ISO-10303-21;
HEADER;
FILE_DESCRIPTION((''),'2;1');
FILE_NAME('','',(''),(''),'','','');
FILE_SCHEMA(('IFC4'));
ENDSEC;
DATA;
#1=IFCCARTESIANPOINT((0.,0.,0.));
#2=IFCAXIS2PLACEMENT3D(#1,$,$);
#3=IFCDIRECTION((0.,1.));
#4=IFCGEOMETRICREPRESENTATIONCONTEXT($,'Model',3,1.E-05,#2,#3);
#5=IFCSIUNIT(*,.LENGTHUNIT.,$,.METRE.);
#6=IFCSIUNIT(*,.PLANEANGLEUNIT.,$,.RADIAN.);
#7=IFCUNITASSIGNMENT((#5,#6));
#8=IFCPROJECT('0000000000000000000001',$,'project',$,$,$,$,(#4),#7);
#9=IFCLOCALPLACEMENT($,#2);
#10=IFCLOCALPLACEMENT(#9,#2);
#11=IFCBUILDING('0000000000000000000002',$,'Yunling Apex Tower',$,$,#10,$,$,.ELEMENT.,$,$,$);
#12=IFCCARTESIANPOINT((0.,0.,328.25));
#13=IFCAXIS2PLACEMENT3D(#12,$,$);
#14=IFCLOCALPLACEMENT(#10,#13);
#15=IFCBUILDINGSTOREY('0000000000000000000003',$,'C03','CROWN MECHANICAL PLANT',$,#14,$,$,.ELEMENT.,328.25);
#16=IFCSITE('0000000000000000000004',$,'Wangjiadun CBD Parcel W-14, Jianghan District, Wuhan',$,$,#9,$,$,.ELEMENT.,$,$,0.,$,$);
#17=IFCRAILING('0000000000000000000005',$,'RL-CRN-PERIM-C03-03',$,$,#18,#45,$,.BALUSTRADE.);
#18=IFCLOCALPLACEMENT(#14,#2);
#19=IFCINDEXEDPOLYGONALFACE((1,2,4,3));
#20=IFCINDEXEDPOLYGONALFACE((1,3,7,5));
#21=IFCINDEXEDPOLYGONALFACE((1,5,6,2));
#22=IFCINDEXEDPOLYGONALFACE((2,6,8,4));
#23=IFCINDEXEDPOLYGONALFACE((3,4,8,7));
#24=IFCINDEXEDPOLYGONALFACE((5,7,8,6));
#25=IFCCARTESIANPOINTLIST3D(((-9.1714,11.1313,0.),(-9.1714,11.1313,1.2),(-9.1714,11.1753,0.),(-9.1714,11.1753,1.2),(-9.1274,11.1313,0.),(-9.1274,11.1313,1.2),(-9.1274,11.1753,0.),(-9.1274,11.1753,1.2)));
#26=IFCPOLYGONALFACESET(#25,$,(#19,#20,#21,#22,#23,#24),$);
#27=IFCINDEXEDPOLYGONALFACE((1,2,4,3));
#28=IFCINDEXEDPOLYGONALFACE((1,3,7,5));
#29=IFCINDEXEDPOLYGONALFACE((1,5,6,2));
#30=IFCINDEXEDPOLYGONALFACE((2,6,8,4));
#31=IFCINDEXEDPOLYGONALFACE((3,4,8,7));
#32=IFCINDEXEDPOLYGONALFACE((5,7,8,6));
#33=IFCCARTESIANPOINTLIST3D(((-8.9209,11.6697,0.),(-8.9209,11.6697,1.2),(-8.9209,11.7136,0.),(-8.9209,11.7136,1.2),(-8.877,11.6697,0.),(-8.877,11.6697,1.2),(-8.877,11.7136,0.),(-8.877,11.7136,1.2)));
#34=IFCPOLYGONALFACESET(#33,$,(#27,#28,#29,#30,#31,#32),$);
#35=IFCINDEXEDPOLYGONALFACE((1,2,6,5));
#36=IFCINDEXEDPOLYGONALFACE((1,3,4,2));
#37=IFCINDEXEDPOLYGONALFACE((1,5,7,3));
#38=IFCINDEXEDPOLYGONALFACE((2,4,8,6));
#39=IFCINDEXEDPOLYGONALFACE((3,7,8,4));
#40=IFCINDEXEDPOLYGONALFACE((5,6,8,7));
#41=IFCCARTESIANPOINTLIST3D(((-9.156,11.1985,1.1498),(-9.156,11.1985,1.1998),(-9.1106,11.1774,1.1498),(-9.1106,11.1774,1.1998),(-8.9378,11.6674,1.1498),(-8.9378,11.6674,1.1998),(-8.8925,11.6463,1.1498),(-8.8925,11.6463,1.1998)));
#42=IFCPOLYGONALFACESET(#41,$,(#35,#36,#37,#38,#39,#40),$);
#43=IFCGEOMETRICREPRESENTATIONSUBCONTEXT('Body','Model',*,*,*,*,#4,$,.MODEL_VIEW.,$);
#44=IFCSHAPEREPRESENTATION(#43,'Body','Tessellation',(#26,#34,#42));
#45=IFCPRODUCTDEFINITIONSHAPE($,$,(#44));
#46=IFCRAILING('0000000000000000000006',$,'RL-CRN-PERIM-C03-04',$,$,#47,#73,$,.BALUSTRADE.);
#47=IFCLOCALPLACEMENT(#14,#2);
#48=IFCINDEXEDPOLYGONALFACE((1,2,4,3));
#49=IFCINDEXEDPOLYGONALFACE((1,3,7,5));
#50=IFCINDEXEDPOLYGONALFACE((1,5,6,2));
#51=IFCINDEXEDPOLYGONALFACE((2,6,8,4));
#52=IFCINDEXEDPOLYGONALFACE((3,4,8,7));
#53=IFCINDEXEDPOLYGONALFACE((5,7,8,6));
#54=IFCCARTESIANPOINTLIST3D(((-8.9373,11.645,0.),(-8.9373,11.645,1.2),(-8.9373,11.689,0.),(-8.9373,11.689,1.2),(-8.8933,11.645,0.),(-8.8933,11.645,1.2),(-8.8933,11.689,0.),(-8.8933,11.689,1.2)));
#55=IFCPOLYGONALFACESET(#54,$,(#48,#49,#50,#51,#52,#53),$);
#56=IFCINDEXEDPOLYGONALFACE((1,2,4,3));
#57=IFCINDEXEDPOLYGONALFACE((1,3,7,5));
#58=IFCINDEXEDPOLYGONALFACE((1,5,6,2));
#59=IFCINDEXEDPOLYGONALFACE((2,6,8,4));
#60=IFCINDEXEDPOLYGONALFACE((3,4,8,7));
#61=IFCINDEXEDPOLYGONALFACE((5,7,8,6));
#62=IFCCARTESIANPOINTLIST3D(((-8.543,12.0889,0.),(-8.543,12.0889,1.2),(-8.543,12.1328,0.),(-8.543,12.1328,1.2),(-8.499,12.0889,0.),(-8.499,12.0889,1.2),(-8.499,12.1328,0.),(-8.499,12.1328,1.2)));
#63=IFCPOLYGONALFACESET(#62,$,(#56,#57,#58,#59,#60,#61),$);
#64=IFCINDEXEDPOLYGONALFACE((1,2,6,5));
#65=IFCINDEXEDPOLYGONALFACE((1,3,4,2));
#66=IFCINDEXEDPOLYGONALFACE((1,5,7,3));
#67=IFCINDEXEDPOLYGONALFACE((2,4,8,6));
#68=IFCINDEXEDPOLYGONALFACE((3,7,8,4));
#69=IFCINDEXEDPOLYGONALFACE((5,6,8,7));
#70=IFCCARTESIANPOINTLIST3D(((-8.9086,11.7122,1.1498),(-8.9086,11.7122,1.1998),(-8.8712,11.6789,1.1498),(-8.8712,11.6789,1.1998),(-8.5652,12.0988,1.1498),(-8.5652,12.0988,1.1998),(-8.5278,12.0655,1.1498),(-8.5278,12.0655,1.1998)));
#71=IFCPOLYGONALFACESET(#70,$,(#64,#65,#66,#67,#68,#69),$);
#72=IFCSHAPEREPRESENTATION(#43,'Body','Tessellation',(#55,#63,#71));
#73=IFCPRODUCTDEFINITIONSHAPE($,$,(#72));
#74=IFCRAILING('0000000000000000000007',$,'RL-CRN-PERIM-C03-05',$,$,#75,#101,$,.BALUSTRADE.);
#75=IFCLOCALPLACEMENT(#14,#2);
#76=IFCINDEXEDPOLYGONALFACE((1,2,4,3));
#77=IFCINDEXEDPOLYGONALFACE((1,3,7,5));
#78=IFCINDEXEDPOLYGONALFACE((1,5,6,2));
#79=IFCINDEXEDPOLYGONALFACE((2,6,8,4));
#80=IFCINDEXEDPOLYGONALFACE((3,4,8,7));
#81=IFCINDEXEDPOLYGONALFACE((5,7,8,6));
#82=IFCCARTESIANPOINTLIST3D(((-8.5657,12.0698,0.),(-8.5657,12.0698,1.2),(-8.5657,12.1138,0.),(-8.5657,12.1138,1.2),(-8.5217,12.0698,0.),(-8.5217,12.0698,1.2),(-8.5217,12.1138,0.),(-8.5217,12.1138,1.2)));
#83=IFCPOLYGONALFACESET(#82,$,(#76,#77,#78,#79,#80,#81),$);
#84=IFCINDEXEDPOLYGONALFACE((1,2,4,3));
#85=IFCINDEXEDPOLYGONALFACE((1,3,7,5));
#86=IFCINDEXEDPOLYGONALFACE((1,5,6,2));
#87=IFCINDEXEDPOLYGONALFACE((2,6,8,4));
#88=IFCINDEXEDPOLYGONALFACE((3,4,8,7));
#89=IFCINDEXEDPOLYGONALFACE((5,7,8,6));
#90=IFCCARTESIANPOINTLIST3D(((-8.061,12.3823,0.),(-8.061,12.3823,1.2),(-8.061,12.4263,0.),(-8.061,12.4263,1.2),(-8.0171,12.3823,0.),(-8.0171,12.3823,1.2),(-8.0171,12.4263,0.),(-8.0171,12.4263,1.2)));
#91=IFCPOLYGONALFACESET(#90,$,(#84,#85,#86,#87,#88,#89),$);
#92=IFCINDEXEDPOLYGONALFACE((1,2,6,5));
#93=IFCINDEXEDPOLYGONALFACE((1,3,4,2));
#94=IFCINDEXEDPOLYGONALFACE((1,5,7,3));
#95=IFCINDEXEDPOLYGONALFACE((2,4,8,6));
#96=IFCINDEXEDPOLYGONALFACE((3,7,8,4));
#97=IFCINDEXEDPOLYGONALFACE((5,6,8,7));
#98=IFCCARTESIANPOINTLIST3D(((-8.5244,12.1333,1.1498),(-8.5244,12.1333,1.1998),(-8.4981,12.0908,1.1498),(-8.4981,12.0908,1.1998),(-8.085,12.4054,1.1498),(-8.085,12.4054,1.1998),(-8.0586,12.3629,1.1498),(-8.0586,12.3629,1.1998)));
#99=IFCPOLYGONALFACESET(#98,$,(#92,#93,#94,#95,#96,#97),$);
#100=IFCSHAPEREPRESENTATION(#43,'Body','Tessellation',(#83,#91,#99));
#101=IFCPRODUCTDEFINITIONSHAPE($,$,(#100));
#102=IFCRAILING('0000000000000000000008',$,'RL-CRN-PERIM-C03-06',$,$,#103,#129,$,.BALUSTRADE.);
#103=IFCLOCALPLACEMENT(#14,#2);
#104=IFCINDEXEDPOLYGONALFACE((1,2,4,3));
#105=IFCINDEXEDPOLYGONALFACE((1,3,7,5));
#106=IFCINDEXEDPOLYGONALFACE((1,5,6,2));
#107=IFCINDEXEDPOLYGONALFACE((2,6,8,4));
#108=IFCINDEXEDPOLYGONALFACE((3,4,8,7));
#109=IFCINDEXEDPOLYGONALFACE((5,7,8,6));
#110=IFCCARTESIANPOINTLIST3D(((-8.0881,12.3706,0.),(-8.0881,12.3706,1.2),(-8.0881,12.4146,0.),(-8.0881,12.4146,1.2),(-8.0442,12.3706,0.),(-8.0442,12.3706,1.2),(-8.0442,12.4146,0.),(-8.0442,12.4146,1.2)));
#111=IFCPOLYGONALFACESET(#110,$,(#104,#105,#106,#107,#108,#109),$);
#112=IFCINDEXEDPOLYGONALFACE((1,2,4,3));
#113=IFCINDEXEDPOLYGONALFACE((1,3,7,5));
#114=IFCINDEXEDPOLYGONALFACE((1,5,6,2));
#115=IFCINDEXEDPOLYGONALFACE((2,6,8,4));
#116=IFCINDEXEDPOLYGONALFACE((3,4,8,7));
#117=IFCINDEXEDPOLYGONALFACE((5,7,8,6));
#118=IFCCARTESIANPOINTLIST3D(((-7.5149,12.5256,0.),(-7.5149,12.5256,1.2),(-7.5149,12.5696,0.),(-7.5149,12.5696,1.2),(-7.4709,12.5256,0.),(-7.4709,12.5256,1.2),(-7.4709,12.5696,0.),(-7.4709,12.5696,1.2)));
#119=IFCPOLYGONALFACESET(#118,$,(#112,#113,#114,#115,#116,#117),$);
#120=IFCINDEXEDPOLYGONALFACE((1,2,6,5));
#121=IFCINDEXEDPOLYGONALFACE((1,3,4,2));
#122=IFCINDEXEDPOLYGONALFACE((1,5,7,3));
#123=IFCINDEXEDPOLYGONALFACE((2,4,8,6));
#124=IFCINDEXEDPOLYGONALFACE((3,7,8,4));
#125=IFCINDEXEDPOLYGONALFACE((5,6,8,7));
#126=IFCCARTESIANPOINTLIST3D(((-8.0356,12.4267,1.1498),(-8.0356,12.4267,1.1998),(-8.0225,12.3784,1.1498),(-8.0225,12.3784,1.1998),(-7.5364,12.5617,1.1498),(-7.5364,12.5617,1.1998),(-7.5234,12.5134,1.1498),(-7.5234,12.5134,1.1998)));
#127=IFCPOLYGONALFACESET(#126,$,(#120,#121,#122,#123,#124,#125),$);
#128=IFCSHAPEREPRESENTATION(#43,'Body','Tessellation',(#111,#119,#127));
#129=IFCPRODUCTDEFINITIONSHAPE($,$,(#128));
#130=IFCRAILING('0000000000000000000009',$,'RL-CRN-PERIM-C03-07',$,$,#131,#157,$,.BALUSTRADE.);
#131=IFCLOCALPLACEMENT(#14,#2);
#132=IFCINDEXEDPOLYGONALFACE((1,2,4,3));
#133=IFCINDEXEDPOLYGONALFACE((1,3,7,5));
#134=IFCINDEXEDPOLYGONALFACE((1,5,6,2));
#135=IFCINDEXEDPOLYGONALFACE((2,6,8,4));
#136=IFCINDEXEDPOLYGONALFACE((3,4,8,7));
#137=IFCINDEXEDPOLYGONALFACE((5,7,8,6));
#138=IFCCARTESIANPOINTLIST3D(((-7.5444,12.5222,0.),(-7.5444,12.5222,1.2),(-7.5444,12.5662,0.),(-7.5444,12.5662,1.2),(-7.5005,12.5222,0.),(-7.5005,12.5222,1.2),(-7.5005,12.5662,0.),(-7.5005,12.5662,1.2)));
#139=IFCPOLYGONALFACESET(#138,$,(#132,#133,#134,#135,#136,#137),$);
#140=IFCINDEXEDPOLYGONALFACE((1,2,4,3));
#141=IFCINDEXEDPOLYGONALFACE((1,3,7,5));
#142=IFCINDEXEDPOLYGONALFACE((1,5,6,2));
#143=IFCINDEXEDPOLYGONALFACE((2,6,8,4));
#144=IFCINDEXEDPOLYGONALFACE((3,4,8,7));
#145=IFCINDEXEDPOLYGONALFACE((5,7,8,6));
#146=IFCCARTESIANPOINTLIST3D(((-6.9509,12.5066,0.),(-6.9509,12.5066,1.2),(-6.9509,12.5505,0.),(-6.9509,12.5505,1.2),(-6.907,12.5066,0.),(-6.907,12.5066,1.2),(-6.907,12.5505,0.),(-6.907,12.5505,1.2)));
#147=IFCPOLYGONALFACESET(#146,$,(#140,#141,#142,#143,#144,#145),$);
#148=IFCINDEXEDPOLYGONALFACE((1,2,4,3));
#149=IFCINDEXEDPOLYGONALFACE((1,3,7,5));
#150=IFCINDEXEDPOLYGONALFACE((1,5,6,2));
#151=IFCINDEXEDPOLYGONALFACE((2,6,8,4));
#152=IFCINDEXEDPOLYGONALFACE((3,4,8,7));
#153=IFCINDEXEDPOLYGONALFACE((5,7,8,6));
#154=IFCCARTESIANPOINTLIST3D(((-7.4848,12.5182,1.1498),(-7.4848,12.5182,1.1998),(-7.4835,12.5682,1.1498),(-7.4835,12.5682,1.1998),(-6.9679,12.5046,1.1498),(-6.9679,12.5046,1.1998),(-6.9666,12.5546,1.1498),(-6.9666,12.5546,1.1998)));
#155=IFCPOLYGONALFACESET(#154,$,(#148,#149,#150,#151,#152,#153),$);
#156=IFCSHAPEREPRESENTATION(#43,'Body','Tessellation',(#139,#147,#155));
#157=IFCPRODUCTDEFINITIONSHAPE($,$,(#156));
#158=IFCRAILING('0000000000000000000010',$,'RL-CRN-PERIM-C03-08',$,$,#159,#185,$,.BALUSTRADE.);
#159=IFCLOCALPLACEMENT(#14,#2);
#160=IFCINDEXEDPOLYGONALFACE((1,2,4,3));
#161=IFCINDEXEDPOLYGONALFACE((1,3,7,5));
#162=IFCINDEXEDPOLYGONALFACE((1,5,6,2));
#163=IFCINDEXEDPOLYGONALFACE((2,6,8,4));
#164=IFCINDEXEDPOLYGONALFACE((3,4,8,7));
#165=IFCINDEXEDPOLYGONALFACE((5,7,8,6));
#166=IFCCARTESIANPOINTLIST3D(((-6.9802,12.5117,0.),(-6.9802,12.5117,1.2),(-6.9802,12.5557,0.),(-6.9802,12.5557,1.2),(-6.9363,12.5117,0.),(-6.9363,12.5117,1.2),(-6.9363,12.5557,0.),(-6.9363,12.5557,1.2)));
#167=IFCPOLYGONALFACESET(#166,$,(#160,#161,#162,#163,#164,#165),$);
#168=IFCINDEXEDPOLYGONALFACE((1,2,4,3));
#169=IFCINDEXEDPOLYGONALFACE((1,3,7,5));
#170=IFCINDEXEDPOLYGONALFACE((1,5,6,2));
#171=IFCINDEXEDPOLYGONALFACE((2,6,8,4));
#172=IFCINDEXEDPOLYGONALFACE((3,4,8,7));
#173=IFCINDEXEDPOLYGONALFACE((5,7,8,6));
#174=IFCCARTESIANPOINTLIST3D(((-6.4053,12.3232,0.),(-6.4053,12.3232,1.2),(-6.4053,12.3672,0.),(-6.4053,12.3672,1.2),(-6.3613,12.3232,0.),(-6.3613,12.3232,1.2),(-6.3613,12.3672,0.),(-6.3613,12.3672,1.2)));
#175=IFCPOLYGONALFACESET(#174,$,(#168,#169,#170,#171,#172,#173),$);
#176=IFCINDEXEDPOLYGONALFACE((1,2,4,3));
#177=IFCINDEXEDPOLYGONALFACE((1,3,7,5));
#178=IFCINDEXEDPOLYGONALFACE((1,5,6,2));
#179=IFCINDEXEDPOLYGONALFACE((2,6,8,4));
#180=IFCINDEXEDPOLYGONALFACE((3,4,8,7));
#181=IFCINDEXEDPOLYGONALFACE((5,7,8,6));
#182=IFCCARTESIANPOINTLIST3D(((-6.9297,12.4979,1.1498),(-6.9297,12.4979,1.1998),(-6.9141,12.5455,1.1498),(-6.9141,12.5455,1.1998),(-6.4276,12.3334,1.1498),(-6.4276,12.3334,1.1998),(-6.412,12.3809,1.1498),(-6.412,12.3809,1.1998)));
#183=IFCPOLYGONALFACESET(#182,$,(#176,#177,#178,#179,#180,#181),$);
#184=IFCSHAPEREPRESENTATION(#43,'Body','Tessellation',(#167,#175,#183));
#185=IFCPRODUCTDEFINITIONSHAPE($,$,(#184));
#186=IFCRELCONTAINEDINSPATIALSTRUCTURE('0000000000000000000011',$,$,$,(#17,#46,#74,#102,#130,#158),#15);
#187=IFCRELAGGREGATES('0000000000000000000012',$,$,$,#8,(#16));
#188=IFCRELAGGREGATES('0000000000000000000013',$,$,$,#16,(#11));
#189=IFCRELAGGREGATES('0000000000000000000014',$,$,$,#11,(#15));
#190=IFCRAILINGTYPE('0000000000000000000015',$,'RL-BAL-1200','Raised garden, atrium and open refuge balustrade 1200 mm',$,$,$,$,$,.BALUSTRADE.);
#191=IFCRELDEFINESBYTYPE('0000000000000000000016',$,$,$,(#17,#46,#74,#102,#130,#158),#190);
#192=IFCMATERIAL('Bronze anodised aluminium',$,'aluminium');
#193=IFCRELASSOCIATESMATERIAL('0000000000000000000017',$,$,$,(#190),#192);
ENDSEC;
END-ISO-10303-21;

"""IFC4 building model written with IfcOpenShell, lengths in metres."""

from ifc_helpers import new_model, si_unit, direction, frame, origin, origin_2d, place, context, subcontext, project, spatial, rectangle, extrude, material, type_object, element, save


model = new_model("IFC4")

# Units and contexts
model_context = context("Model", 3, precision=1e-05, world=origin(), true_north=direction((0.0, 1.0)))
body_context = subcontext(model_context, "Body", "Model", "MODEL_VIEW")
ifc_project = project(units=[si_unit("LENGTHUNIT", "METRE"), si_unit("PLANEANGLEUNIT", "RADIAN")], contexts=[model_context])

# Site, building, storey
site_placement = place(None, origin())
site = spatial("IfcSite", under=ifc_project, at=site_placement, Name="Wangjiadun CBD Parcel W-14, Jianghan District, Wuhan", CompositionType="ELEMENT", RefElevation=0.0)
building_placement = place(site_placement, origin())
building = spatial("IfcBuilding", under=site, at=building_placement, Name="Yunling Apex Tower", CompositionType="ELEMENT")
storey_placement = place(building_placement, frame((0.0, 0.0, 328.25)))
storey = spatial("IfcBuildingStorey", under=building, at=storey_placement, Name="C03", Description="CROWN MECHANICAL PLANT", CompositionType="ELEMENT", Elevation=328.25)

# Shared definitions
ifc_material_1 = material(Name="Bronze anodised aluminium", Category="aluminium")

# Railings
railing_type_1 = type_object("IfcRailingType", Name="RL-BAL-1200", Description="Raised garden, atrium and open refuge balustrade 1200 mm", PredefinedType="BALUSTRADE", material=ifc_material_1)
railing_1_placement = place(storey_placement, frame((-9.1494, 11.1533, 0.0)))
element("IfcRailing", 1, at=railing_1_placement, inside=storey, type_object=railing_type_1, Name="RL-CRN-PERIM-C03-03", PredefinedType="BALUSTRADE", context=body_context, shape_type="SweptSolid", body=[
    extrude(rectangle(XDim=0.0439, YDim=0.0439, at=origin_2d()), origin(), (0.0, 0.0, 1.0), 1.2),
    extrude(rectangle(XDim=0.0439, YDim=0.0439, at=origin_2d()), frame((0.2505, 0.5383, 0.0)), (0.0, 0.0, 1.0), 1.2),
    extrude(rectangle(XDim=0.05, YDim=0.05, at=origin_2d()), frame((0.0161, 0.0347, 1.1748), z_axis=(0.421872, 0.906655, 0.0), x_axis=(-0.906655, 0.421872, 0.0)), (0.0, 0.0, 1.0), 0.5171),
])
railing_2_placement = place(storey_placement, frame((-8.9153, 11.667, 0.0)))
element("IfcRailing", 2, at=railing_2_placement, inside=storey, type_object=railing_type_1, Name="RL-CRN-PERIM-C03-04", PredefinedType="BALUSTRADE", context=body_context, shape_type="SweptSolid", body=[
    extrude(rectangle(XDim=0.0439, YDim=0.0439, at=origin_2d()), origin(), (0.0, 0.0, 1.0), 1.2),
    extrude(rectangle(XDim=0.0439, YDim=0.0439, at=origin_2d()), frame((0.3943, 0.4438, 0.0)), (0.0, 0.0, 1.0), 1.2),
    extrude(rectangle(XDim=0.05, YDim=0.05, at=origin_2d()), frame((0.0254, 0.0286, 1.1748), z_axis=(0.664134, 0.747613, 0.0), x_axis=(-0.747613, 0.664134, 0.0)), (0.0, 0.0, 1.0), 0.5171),
])
railing_3_placement = place(storey_placement, frame((-8.5437, 12.0918, 0.0)))
element("IfcRailing", 3, at=railing_3_placement, inside=storey, type_object=railing_type_1, Name="RL-CRN-PERIM-C03-05", PredefinedType="BALUSTRADE", context=body_context, shape_type="SweptSolid", body=[
    extrude(rectangle(XDim=0.0439, YDim=0.0439, at=origin_2d()), origin(), (0.0, 0.0, 1.0), 1.2),
    extrude(rectangle(XDim=0.0439, YDim=0.0439, at=origin_2d()), frame((0.5046, 0.3125, 0.0)), (0.0, 0.0, 1.0), 1.2),
    extrude(rectangle(XDim=0.05, YDim=0.05, at=origin_2d()), frame((0.0325, 0.0203, 1.1748), z_axis=(0.850186, 0.526482, 0.0), x_axis=(-0.526482, 0.850186, 0.0)), (0.0, 0.0, 1.0), 0.5168),
])
railing_4_placement = place(storey_placement, frame((-8.0662, 12.3926, 0.0)))
element("IfcRailing", 4, at=railing_4_placement, inside=storey, type_object=railing_type_1, Name="RL-CRN-PERIM-C03-06", PredefinedType="BALUSTRADE", context=body_context, shape_type="SweptSolid", body=[
    extrude(rectangle(XDim=0.0439, YDim=0.0439, at=origin_2d()), origin(), (0.0, 0.0, 1.0), 1.2),
    extrude(rectangle(XDim=0.0439, YDim=0.0439, at=origin_2d()), frame((0.5732, 0.155, 0.0)), (0.0, 0.0, 1.0), 1.2),
    extrude(rectangle(XDim=0.05, YDim=0.05, at=origin_2d()), frame((0.0371, 0.01, 1.1748), z_axis=(0.965321, 0.261064, 0.0), x_axis=(-0.261064, 0.965321, 0.0)), (0.0, 0.0, 1.0), 0.5171),
])
railing_5_placement = place(storey_placement, frame((-7.5225, 12.5442, 0.0)))
element("IfcRailing", 5, at=railing_5_placement, inside=storey, type_object=railing_type_1, Name="RL-CRN-PERIM-C03-07", PredefinedType="BALUSTRADE", context=body_context, shape_type="SweptSolid", body=[
    extrude(rectangle(XDim=0.0439, YDim=0.0439, at=origin_2d()), origin(), (0.0, 0.0, 1.0), 1.2),
    extrude(rectangle(XDim=0.0439, YDim=0.0439, at=origin_2d()), frame((0.5935, -0.0156, 0.0)), (0.0, 0.0, 1.0), 1.2),
    extrude(rectangle(XDim=0.05, YDim=0.05, at=origin_2d()), frame((0.0383, -0.001, 1.1748), z_axis=(0.999654, -0.026317, 0.0), x_axis=(0.026317, 0.999654, 0.0)), (0.0, 0.0, 1.0), 0.5171),
])
railing_6_placement = place(storey_placement, frame((-6.9583, 12.5337, 0.0)))
element("IfcRailing", 6, at=railing_6_placement, inside=storey, type_object=railing_type_1, Name="RL-CRN-PERIM-C03-08", PredefinedType="BALUSTRADE", context=body_context, shape_type="SweptSolid", body=[
    extrude(rectangle(XDim=0.0439, YDim=0.0439, at=origin_2d()), origin(), (0.0, 0.0, 1.0), 1.2),
    extrude(rectangle(XDim=0.0439, YDim=0.0439, at=origin_2d()), frame((0.575, -0.1885, 0.0)), (0.0, 0.0, 1.0), 1.2),
    extrude(rectangle(XDim=0.05, YDim=0.05, at=origin_2d()), frame((0.0364, -0.012, 1.1748), z_axis=(0.950245, -0.311503, 0.0), x_axis=(0.311503, 0.950245, 0.0)), (0.0, 0.0, 1.0), 0.5283),
])

save(model, "model.ifc")
